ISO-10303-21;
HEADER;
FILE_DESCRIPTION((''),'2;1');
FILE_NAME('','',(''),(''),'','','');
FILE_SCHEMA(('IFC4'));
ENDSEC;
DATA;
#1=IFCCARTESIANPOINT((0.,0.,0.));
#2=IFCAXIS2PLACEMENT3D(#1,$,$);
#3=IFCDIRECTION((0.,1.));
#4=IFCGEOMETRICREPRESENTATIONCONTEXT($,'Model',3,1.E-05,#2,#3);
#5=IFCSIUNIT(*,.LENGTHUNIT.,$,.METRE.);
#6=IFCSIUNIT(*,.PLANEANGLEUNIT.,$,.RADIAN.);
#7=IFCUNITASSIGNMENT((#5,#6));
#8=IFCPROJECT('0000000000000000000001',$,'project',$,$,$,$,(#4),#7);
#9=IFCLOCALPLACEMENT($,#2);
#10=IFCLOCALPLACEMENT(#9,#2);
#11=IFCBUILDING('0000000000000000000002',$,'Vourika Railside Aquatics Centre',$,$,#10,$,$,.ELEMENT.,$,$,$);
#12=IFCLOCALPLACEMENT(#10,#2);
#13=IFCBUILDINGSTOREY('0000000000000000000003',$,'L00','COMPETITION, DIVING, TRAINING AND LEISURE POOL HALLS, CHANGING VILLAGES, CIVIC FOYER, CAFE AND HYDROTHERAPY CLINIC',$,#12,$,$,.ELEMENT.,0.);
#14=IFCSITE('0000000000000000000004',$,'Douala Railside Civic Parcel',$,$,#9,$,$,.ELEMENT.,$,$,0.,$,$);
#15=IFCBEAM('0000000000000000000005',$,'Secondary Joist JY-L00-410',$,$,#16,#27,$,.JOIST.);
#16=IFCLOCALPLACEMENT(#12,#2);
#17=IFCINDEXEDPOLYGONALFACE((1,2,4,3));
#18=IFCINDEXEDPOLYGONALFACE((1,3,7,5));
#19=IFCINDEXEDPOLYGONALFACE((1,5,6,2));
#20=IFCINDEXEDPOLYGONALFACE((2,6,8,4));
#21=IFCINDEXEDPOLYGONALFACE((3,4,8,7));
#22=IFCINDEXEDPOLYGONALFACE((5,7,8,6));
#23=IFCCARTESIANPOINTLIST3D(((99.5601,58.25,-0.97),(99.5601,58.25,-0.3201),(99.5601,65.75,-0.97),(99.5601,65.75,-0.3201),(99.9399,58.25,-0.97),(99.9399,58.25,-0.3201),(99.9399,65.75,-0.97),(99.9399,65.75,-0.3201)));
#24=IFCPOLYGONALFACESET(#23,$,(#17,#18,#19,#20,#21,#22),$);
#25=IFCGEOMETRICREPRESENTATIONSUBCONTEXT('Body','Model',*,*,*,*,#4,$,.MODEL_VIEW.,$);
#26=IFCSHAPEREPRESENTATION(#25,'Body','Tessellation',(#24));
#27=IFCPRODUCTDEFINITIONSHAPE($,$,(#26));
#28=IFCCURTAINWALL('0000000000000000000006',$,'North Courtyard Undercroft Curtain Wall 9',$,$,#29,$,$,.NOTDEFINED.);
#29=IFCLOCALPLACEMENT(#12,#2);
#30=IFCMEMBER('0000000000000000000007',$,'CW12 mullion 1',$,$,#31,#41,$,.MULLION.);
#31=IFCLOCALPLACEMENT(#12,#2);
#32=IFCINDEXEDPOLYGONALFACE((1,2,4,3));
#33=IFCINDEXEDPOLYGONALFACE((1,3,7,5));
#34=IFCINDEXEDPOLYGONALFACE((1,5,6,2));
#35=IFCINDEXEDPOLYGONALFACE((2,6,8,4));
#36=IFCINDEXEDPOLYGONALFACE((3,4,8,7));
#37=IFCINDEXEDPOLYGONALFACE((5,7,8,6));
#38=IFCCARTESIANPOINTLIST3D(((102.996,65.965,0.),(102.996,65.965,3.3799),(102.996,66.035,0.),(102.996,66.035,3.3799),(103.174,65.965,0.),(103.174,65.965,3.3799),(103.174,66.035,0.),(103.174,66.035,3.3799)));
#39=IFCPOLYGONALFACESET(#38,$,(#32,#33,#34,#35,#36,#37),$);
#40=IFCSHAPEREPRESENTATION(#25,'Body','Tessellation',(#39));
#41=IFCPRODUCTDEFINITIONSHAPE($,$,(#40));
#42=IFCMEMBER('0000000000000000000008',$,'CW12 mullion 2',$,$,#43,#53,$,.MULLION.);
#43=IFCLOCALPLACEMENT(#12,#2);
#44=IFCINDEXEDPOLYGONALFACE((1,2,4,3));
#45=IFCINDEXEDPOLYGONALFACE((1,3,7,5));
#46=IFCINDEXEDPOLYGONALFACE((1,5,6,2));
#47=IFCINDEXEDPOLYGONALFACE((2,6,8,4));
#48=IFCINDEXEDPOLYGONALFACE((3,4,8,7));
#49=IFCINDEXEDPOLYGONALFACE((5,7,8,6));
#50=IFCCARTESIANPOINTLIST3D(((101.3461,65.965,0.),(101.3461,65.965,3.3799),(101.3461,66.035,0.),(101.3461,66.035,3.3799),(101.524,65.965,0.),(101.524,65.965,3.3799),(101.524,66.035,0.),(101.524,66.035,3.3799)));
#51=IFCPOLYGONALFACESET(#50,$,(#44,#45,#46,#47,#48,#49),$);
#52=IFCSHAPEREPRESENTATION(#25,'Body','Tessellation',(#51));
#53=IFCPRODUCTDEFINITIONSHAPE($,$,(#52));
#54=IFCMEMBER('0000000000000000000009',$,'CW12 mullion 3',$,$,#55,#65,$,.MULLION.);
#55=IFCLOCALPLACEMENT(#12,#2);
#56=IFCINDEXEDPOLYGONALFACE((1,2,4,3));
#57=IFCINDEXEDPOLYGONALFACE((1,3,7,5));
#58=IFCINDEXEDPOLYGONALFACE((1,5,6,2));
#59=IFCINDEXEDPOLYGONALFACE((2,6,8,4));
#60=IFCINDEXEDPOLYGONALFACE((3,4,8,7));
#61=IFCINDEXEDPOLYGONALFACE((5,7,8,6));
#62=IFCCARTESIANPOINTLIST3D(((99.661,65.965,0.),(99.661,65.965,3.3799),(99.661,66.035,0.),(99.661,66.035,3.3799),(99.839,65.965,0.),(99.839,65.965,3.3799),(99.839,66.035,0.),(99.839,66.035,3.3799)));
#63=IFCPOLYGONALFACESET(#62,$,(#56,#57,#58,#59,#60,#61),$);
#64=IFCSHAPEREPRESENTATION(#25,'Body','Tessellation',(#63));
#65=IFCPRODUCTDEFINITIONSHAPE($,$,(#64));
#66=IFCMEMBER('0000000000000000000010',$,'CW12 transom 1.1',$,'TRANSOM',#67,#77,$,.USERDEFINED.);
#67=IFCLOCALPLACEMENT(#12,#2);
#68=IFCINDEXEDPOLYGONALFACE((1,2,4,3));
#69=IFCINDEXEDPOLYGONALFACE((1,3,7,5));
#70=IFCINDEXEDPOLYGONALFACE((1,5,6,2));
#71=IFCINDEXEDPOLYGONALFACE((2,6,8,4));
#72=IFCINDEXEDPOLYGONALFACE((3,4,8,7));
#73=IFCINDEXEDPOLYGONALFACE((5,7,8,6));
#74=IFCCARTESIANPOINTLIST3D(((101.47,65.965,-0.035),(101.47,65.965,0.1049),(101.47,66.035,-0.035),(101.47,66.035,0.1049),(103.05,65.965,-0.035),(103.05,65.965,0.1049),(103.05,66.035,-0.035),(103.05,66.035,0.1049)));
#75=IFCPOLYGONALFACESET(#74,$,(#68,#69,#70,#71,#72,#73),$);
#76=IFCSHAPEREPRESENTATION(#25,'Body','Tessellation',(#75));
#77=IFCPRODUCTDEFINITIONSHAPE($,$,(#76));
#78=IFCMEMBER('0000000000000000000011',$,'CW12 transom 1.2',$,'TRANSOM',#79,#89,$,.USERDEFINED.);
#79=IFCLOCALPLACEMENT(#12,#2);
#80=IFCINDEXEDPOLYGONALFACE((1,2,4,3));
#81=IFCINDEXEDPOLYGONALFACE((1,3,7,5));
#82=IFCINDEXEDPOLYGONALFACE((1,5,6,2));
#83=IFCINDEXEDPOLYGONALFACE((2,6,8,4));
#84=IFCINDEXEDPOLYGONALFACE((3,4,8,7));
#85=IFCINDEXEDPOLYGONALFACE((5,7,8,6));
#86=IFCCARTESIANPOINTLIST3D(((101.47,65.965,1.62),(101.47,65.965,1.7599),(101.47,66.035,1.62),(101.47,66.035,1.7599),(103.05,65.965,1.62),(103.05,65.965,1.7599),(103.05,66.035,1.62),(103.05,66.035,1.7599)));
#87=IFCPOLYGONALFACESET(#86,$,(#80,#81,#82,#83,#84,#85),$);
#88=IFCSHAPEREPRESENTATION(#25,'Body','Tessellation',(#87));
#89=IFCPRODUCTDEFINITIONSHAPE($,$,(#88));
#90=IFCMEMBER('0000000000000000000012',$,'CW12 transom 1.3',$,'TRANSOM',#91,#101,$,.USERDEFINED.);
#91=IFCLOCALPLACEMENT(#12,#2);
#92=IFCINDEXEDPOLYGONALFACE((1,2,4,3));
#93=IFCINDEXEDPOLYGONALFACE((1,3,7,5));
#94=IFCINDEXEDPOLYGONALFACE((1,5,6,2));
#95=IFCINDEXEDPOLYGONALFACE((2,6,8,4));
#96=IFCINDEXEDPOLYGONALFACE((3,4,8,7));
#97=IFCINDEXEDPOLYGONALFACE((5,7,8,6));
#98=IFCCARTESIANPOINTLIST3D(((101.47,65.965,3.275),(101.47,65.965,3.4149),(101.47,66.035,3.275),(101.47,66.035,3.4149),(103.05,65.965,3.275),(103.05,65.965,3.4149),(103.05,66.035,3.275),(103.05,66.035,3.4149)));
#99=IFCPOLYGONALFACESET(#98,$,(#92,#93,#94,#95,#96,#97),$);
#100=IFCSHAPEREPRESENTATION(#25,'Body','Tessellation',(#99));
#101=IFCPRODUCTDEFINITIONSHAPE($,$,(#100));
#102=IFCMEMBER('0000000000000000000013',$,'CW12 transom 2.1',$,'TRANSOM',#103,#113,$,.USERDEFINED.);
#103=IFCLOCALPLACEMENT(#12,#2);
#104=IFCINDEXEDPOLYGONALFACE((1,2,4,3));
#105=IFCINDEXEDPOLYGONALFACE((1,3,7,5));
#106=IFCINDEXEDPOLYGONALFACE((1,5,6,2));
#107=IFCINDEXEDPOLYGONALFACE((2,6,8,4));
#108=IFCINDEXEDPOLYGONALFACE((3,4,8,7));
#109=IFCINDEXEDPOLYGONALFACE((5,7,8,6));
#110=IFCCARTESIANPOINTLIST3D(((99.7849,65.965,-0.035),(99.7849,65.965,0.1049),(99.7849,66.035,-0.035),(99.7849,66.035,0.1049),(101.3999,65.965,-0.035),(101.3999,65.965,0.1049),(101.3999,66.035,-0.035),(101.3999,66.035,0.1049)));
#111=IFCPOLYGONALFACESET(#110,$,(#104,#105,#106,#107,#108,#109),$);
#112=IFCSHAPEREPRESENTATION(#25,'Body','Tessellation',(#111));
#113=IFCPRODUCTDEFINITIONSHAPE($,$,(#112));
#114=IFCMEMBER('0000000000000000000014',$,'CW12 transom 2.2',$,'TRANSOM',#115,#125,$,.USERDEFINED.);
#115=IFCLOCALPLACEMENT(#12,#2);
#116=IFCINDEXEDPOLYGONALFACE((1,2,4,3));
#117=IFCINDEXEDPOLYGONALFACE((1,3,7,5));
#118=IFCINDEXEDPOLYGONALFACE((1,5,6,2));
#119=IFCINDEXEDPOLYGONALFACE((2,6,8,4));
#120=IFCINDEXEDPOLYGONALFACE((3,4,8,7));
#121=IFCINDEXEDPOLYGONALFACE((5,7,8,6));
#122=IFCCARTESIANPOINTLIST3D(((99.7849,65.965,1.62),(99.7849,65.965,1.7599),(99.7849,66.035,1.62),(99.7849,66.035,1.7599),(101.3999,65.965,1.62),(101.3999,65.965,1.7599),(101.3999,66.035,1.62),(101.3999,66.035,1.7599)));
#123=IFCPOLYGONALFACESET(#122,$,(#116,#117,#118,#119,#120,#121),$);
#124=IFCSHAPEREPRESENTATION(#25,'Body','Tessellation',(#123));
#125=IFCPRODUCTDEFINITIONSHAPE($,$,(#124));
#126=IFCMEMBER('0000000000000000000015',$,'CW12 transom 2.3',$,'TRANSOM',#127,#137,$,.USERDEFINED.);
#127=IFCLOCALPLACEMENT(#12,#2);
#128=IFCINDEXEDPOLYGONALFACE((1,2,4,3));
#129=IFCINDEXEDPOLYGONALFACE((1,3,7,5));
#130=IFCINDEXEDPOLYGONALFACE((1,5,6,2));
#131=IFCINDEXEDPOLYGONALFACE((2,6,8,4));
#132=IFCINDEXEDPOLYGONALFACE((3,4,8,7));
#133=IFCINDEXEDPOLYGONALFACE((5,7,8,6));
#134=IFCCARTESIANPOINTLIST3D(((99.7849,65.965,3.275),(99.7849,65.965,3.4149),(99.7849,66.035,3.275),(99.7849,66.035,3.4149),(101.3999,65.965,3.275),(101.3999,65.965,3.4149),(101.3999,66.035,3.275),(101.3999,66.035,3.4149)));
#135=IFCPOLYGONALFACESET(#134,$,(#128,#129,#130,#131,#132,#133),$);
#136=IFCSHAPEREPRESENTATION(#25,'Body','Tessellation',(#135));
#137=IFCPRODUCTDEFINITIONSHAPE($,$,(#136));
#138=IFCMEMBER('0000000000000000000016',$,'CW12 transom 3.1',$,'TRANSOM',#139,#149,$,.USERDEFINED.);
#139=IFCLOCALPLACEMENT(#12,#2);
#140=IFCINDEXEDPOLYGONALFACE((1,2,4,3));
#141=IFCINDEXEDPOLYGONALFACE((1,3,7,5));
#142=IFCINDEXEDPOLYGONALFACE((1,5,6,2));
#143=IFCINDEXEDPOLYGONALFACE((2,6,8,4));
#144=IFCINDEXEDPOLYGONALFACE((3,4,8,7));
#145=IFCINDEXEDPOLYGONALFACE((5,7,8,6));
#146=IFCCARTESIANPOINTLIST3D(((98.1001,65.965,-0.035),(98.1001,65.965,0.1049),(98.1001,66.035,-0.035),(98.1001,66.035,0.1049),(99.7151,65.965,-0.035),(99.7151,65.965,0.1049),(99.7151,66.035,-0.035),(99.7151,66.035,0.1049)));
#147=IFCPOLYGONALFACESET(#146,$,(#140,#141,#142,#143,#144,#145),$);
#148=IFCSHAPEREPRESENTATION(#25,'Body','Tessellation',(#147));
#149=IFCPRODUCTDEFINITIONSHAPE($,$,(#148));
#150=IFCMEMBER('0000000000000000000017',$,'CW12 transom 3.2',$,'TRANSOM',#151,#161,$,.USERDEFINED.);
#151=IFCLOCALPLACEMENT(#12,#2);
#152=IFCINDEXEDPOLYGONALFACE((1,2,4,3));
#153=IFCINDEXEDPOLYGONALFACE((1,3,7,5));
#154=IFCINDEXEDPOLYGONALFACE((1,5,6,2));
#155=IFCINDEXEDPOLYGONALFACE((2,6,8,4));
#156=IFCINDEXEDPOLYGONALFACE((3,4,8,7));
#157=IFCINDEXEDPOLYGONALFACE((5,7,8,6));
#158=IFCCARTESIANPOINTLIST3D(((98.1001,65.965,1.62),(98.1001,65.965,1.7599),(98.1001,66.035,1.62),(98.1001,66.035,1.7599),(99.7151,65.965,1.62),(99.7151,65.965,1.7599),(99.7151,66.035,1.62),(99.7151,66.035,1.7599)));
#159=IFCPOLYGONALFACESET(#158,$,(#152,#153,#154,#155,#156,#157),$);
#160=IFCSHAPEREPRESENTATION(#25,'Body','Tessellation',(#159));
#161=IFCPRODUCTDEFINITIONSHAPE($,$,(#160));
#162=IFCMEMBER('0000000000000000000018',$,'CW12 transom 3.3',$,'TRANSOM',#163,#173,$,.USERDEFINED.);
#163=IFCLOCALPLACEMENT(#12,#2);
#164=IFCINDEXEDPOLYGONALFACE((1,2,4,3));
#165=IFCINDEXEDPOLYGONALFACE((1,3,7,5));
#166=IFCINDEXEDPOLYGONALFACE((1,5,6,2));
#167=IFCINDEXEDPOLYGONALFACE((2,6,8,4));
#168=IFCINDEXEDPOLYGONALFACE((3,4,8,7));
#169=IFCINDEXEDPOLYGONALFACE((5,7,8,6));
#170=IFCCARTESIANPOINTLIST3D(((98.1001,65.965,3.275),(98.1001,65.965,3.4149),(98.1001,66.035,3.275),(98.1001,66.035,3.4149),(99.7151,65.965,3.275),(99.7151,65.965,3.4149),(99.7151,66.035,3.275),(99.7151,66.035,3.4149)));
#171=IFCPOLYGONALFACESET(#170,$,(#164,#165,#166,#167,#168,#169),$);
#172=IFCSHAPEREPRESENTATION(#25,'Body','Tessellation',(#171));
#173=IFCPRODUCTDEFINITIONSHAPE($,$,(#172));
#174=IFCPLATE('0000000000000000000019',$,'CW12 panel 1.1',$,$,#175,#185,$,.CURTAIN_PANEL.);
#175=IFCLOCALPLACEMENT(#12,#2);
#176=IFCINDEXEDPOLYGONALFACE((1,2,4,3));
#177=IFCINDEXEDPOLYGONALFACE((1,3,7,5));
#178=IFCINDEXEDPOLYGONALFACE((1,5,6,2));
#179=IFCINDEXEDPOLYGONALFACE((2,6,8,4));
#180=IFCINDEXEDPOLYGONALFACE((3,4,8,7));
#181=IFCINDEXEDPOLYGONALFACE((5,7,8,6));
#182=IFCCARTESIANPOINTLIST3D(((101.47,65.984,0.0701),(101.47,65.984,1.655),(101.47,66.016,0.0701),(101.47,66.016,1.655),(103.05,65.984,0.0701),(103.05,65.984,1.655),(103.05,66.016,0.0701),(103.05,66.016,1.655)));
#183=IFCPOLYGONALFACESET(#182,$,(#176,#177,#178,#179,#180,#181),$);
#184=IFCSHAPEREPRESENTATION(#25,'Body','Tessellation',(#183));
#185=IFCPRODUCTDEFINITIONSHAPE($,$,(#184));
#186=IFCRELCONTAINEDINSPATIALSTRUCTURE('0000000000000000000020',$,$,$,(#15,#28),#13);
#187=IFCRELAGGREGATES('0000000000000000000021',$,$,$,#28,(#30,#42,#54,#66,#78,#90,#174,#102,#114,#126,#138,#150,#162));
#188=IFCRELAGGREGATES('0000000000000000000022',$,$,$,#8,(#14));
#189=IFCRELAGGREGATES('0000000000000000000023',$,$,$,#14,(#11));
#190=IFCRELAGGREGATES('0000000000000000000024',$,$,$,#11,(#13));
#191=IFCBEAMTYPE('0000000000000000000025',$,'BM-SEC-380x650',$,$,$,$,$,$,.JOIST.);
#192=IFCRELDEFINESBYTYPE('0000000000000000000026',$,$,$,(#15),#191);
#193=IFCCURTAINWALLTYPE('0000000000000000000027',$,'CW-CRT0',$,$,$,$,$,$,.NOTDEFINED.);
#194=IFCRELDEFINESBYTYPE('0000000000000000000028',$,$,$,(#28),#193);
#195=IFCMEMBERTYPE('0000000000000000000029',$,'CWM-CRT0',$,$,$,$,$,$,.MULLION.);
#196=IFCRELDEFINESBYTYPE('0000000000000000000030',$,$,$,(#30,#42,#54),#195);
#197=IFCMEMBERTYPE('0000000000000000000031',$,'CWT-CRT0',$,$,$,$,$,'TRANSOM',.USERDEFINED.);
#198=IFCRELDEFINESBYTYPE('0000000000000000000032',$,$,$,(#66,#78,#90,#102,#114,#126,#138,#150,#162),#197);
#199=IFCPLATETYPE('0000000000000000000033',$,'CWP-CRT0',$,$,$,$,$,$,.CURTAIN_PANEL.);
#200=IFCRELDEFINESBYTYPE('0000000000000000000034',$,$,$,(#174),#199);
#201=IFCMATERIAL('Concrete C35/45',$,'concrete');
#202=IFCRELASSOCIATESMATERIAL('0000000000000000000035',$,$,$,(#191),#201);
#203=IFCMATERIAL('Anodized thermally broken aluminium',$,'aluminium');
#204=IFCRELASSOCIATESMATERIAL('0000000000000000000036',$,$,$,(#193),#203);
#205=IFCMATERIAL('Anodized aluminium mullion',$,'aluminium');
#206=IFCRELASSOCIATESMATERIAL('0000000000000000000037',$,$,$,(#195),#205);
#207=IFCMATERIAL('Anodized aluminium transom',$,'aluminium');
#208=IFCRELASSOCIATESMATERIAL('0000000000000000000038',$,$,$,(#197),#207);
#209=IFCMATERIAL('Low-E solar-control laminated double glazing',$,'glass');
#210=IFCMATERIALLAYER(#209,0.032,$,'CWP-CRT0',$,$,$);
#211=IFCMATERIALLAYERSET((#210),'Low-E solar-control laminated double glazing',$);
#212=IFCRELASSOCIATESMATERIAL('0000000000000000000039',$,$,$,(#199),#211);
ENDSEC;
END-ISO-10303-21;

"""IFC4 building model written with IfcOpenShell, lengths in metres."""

from ifc_helpers import new_model, si_unit, direction, frame, origin, origin_2d, place, context, subcontext, project, spatial, rectangle, extrude, material, layer, layer_set, material_profile, profile_set, type_object, element, aggregate, save


model = new_model("IFC4")

# Units and contexts
model_context = context("Model", 3, precision=1e-05, world=origin(), true_north=direction((0.0, 1.0)))
body_context = subcontext(model_context, "Body", "Model", "MODEL_VIEW")
ifc_project = project(units=[si_unit("LENGTHUNIT", "METRE"), si_unit("PLANEANGLEUNIT", "RADIAN")], contexts=[model_context])

# Site, building, storey
site_placement = place(None, origin())
site = spatial("IfcSite", under=ifc_project, at=site_placement, Name="Douala Railside Civic Parcel", CompositionType="ELEMENT", RefElevation=0.0)
building_placement = place(site_placement, origin())
building = spatial("IfcBuilding", under=site, at=building_placement, Name="Vourika Railside Aquatics Centre", CompositionType="ELEMENT")
storey_placement = place(building_placement, origin())
storey = spatial("IfcBuildingStorey", under=building, at=storey_placement, Name="L00", Description="COMPETITION, DIVING, TRAINING AND LEISURE POOL HALLS, CHANGING VILLAGES, CIVIC FOYER, CAFE AND HYDROTHERAPY CLINIC", CompositionType="ELEMENT", Elevation=0.0)

# Beam
ifc_material_1 = material(Name="Concrete C35/45", Category="concrete")
ifc_material_profile_1 = material_profile(ifc_material_1, rectangle(XDim=0.3799, YDim=0.6499, at=origin_2d()), Name="RC 380x650")
ifc_profile_set_1 = profile_set([ifc_material_profile_1], Name="Concrete C35/45")
beam_type = type_object("IfcBeamType", Name="BM-SEC-380x650", PredefinedType="JOIST", material=ifc_profile_set_1)
beam_placement = place(storey_placement, frame((99.75, 58.25, -0.645), z_axis=(0.0, 1.0, 0.0), x_axis=(-1.0, 0.0, 0.0)))
element("IfcBeam", 1, at=beam_placement, inside=storey, type_object=beam_type, Name="Secondary Joist JY-L00-410", PredefinedType="JOIST", context=body_context, shape_type="SweptSolid", body=[
    extrude(rectangle(XDim=0.3799, YDim=0.6499, at=origin_2d()), origin(), (0.0, 0.0, 1.0), 7.5),
])

# Curtain wall, members, plate
ifc_material_2 = material(Name="Anodized thermally broken aluminium", Category="aluminium")
curtain_wall_type = type_object("IfcCurtainWallType", Name="CW-CRT0", PredefinedType="NOTDEFINED", material=ifc_material_2)
curtain_wall_placement = place(storey_placement, origin())
curtain_wall = element("IfcCurtainWall", 2, at=curtain_wall_placement, inside=storey, type_object=curtain_wall_type, Name="North Courtyard Undercroft Curtain Wall 9", PredefinedType="NOTDEFINED")
ifc_material_3 = material(Name="Anodized aluminium mullion", Category="aluminium")
ifc_material_profile_2 = material_profile(ifc_material_3, rectangle(XDim=0.0701, YDim=0.178, at=origin_2d()), Name="ALU-M 70x178")
ifc_profile_set_2 = profile_set([ifc_material_profile_2], Name="Anodized aluminium mullion")
member_type_1 = type_object("IfcMemberType", Name="CWM-CRT0", PredefinedType="MULLION", material=ifc_profile_set_2)
member_1_placement = place(storey_placement, frame((103.085, 66.0, 0.0), z_axis=(0.0, 0.0, 1.0), x_axis=(0.0, -1.0, 0.0)))
member_1 = element("IfcMember", 3, at=member_1_placement, type_object=member_type_1, Name="CW12 mullion 1", PredefinedType="MULLION", context=body_context, shape_type="SweptSolid", body=[
    extrude(rectangle(XDim=0.0701, YDim=0.178, at=origin_2d()), origin(), (0.0, 0.0, 1.0), 3.3799),
])
member_2_placement = place(storey_placement, frame((101.4351, 66.0, 0.0), z_axis=(0.0, 0.0, 1.0), x_axis=(0.0, -1.0, 0.0)))
member_2 = element("IfcMember", 4, at=member_2_placement, type_object=member_type_1, Name="CW12 mullion 2", PredefinedType="MULLION", context=body_context, shape_type="SweptSolid", body=[
    extrude(rectangle(XDim=0.0701, YDim=0.178, at=origin_2d()), origin(), (0.0, 0.0, 1.0), 3.3799),
])
member_3_placement = place(storey_placement, frame((99.75, 66.0, 0.0), z_axis=(0.0, 0.0, 1.0), x_axis=(0.0, -1.0, 0.0)))
member_3 = element("IfcMember", 5, at=member_3_placement, type_object=member_type_1, Name="CW12 mullion 3", PredefinedType="MULLION", context=body_context, shape_type="SweptSolid", body=[
    extrude(rectangle(XDim=0.0701, YDim=0.178, at=origin_2d()), origin(), (0.0, 0.0, 1.0), 3.3799),
])
ifc_material_4 = material(Name="Anodized aluminium transom", Category="aluminium")
ifc_material_profile_3 = material_profile(ifc_material_4, rectangle(XDim=0.0701, YDim=0.1399, at=origin_2d()), Name="ALU-T 70x140")
ifc_profile_set_3 = profile_set([ifc_material_profile_3], Name="Anodized aluminium transom")
member_type_2 = type_object("IfcMemberType", Name="CWT-CRT0", ElementType="TRANSOM", PredefinedType="USERDEFINED", material=ifc_profile_set_3)
member_4_placement = place(storey_placement, frame((103.05, 66.0, 0.0349), z_axis=(-1.0, 0.0, 0.0), x_axis=(0.0, -1.0, 0.0)))
member_4 = element("IfcMember", 6, at=member_4_placement, type_object=member_type_2, Name="CW12 transom 1.1", ObjectType="TRANSOM", PredefinedType="USERDEFINED", context=body_context, shape_type="SweptSolid", body=[
    extrude(rectangle(XDim=0.0701, YDim=0.1399, at=origin_2d()), origin(), (0.0, 0.0, 1.0), 1.5801),
])
member_5_placement = place(storey_placement, frame((103.05, 66.0, 1.6899), z_axis=(-1.0, 0.0, 0.0), x_axis=(0.0, -1.0, 0.0)))
member_5 = element("IfcMember", 7, at=member_5_placement, type_object=member_type_2, Name="CW12 transom 1.2", ObjectType="TRANSOM", PredefinedType="USERDEFINED", context=body_context, shape_type="SweptSolid", body=[
    extrude(rectangle(XDim=0.0701, YDim=0.1399, at=origin_2d()), origin(), (0.0, 0.0, 1.0), 1.5801),
])
member_6_placement = place(storey_placement, frame((103.05, 66.0, 3.345), z_axis=(-1.0, 0.0, 0.0), x_axis=(0.0, -1.0, 0.0)))
member_6 = element("IfcMember", 8, at=member_6_placement, type_object=member_type_2, Name="CW12 transom 1.3", ObjectType="TRANSOM", PredefinedType="USERDEFINED", context=body_context, shape_type="SweptSolid", body=[
    extrude(rectangle(XDim=0.0701, YDim=0.1399, at=origin_2d()), origin(), (0.0, 0.0, 1.0), 1.5801),
])
member_7_placement = place(storey_placement, frame((101.3999, 66.0, 0.0349), z_axis=(-1.0, 0.0, 0.0), x_axis=(0.0, -1.0, 0.0)))
member_7 = element("IfcMember", 9, at=member_7_placement, type_object=member_type_2, Name="CW12 transom 2.1", ObjectType="TRANSOM", PredefinedType="USERDEFINED", context=body_context, shape_type="SweptSolid", body=[
    extrude(rectangle(XDim=0.0701, YDim=0.1399, at=origin_2d()), origin(), (0.0, 0.0, 1.0), 1.615),
])
member_8_placement = place(storey_placement, frame((101.3999, 66.0, 1.6899), z_axis=(-1.0, 0.0, 0.0), x_axis=(0.0, -1.0, 0.0)))
member_8 = element("IfcMember", 10, at=member_8_placement, type_object=member_type_2, Name="CW12 transom 2.2", ObjectType="TRANSOM", PredefinedType="USERDEFINED", context=body_context, shape_type="SweptSolid", body=[
    extrude(rectangle(XDim=0.0701, YDim=0.1399, at=origin_2d()), origin(), (0.0, 0.0, 1.0), 1.615),
])
member_9_placement = place(storey_placement, frame((101.3999, 66.0, 3.345), z_axis=(-1.0, 0.0, 0.0), x_axis=(0.0, -1.0, 0.0)))
member_9 = element("IfcMember", 11, at=member_9_placement, type_object=member_type_2, Name="CW12 transom 2.3", ObjectType="TRANSOM", PredefinedType="USERDEFINED", context=body_context, shape_type="SweptSolid", body=[
    extrude(rectangle(XDim=0.0701, YDim=0.1399, at=origin_2d()), origin(), (0.0, 0.0, 1.0), 1.615),
])
member_10_placement = place(storey_placement, frame((99.7151, 66.0, 0.0349), z_axis=(-1.0, 0.0, 0.0), x_axis=(0.0, -1.0, 0.0)))
member_10 = element("IfcMember", 12, at=member_10_placement, type_object=member_type_2, Name="CW12 transom 3.1", ObjectType="TRANSOM", PredefinedType="USERDEFINED", context=body_context, shape_type="SweptSolid", body=[
    extrude(rectangle(XDim=0.0701, YDim=0.1399, at=origin_2d()), origin(), (0.0, 0.0, 1.0), 1.615),
])
member_11_placement = place(storey_placement, frame((99.7151, 66.0, 1.6899), z_axis=(-1.0, 0.0, 0.0), x_axis=(0.0, -1.0, 0.0)))
member_11 = element("IfcMember", 13, at=member_11_placement, type_object=member_type_2, Name="CW12 transom 3.2", ObjectType="TRANSOM", PredefinedType="USERDEFINED", context=body_context, shape_type="SweptSolid", body=[
    extrude(rectangle(XDim=0.0701, YDim=0.1399, at=origin_2d()), origin(), (0.0, 0.0, 1.0), 1.615),
])
member_12_placement = place(storey_placement, frame((99.7151, 66.0, 3.345), z_axis=(-1.0, 0.0, 0.0), x_axis=(0.0, -1.0, 0.0)))
member_12 = element("IfcMember", 14, at=member_12_placement, type_object=member_type_2, Name="CW12 transom 3.3", ObjectType="TRANSOM", PredefinedType="USERDEFINED", context=body_context, shape_type="SweptSolid", body=[
    extrude(rectangle(XDim=0.0701, YDim=0.1399, at=origin_2d()), origin(), (0.0, 0.0, 1.0), 1.615),
])
ifc_material_5 = material(Name="Low-E solar-control laminated double glazing", Category="glass")
ifc_layer_1 = layer(ifc_material_5, 0.032, Name="CWP-CRT0")
ifc_layer_set_1 = layer_set([ifc_layer_1], Name="Low-E solar-control laminated double glazing")
plate_type = type_object("IfcPlateType", Name="CWP-CRT0", PredefinedType="CURTAIN_PANEL", material=ifc_layer_set_1)
plate_1_placement = place(storey_placement, frame((102.26, 66.0, 0.0701), z_axis=(0.0, 0.0, 1.0), x_axis=(-1.0, 0.0, 0.0)))
plate_1 = element("IfcPlate", 15, at=plate_1_placement, type_object=plate_type, Name="CW12 panel 1.1", PredefinedType="CURTAIN_PANEL", context=body_context, shape_type="SweptSolid", body=[
    extrude(rectangle(XDim=1.5801, YDim=0.032, at=origin_2d()), origin(), (0.0, 0.0, 1.0), 1.585),
])
aggregate(curtain_wall, [member_1, member_2, member_3, member_4, member_5, member_6, plate_1, member_7, member_8, member_9, member_10, member_11, member_12])

save(model, "model.ifc")
